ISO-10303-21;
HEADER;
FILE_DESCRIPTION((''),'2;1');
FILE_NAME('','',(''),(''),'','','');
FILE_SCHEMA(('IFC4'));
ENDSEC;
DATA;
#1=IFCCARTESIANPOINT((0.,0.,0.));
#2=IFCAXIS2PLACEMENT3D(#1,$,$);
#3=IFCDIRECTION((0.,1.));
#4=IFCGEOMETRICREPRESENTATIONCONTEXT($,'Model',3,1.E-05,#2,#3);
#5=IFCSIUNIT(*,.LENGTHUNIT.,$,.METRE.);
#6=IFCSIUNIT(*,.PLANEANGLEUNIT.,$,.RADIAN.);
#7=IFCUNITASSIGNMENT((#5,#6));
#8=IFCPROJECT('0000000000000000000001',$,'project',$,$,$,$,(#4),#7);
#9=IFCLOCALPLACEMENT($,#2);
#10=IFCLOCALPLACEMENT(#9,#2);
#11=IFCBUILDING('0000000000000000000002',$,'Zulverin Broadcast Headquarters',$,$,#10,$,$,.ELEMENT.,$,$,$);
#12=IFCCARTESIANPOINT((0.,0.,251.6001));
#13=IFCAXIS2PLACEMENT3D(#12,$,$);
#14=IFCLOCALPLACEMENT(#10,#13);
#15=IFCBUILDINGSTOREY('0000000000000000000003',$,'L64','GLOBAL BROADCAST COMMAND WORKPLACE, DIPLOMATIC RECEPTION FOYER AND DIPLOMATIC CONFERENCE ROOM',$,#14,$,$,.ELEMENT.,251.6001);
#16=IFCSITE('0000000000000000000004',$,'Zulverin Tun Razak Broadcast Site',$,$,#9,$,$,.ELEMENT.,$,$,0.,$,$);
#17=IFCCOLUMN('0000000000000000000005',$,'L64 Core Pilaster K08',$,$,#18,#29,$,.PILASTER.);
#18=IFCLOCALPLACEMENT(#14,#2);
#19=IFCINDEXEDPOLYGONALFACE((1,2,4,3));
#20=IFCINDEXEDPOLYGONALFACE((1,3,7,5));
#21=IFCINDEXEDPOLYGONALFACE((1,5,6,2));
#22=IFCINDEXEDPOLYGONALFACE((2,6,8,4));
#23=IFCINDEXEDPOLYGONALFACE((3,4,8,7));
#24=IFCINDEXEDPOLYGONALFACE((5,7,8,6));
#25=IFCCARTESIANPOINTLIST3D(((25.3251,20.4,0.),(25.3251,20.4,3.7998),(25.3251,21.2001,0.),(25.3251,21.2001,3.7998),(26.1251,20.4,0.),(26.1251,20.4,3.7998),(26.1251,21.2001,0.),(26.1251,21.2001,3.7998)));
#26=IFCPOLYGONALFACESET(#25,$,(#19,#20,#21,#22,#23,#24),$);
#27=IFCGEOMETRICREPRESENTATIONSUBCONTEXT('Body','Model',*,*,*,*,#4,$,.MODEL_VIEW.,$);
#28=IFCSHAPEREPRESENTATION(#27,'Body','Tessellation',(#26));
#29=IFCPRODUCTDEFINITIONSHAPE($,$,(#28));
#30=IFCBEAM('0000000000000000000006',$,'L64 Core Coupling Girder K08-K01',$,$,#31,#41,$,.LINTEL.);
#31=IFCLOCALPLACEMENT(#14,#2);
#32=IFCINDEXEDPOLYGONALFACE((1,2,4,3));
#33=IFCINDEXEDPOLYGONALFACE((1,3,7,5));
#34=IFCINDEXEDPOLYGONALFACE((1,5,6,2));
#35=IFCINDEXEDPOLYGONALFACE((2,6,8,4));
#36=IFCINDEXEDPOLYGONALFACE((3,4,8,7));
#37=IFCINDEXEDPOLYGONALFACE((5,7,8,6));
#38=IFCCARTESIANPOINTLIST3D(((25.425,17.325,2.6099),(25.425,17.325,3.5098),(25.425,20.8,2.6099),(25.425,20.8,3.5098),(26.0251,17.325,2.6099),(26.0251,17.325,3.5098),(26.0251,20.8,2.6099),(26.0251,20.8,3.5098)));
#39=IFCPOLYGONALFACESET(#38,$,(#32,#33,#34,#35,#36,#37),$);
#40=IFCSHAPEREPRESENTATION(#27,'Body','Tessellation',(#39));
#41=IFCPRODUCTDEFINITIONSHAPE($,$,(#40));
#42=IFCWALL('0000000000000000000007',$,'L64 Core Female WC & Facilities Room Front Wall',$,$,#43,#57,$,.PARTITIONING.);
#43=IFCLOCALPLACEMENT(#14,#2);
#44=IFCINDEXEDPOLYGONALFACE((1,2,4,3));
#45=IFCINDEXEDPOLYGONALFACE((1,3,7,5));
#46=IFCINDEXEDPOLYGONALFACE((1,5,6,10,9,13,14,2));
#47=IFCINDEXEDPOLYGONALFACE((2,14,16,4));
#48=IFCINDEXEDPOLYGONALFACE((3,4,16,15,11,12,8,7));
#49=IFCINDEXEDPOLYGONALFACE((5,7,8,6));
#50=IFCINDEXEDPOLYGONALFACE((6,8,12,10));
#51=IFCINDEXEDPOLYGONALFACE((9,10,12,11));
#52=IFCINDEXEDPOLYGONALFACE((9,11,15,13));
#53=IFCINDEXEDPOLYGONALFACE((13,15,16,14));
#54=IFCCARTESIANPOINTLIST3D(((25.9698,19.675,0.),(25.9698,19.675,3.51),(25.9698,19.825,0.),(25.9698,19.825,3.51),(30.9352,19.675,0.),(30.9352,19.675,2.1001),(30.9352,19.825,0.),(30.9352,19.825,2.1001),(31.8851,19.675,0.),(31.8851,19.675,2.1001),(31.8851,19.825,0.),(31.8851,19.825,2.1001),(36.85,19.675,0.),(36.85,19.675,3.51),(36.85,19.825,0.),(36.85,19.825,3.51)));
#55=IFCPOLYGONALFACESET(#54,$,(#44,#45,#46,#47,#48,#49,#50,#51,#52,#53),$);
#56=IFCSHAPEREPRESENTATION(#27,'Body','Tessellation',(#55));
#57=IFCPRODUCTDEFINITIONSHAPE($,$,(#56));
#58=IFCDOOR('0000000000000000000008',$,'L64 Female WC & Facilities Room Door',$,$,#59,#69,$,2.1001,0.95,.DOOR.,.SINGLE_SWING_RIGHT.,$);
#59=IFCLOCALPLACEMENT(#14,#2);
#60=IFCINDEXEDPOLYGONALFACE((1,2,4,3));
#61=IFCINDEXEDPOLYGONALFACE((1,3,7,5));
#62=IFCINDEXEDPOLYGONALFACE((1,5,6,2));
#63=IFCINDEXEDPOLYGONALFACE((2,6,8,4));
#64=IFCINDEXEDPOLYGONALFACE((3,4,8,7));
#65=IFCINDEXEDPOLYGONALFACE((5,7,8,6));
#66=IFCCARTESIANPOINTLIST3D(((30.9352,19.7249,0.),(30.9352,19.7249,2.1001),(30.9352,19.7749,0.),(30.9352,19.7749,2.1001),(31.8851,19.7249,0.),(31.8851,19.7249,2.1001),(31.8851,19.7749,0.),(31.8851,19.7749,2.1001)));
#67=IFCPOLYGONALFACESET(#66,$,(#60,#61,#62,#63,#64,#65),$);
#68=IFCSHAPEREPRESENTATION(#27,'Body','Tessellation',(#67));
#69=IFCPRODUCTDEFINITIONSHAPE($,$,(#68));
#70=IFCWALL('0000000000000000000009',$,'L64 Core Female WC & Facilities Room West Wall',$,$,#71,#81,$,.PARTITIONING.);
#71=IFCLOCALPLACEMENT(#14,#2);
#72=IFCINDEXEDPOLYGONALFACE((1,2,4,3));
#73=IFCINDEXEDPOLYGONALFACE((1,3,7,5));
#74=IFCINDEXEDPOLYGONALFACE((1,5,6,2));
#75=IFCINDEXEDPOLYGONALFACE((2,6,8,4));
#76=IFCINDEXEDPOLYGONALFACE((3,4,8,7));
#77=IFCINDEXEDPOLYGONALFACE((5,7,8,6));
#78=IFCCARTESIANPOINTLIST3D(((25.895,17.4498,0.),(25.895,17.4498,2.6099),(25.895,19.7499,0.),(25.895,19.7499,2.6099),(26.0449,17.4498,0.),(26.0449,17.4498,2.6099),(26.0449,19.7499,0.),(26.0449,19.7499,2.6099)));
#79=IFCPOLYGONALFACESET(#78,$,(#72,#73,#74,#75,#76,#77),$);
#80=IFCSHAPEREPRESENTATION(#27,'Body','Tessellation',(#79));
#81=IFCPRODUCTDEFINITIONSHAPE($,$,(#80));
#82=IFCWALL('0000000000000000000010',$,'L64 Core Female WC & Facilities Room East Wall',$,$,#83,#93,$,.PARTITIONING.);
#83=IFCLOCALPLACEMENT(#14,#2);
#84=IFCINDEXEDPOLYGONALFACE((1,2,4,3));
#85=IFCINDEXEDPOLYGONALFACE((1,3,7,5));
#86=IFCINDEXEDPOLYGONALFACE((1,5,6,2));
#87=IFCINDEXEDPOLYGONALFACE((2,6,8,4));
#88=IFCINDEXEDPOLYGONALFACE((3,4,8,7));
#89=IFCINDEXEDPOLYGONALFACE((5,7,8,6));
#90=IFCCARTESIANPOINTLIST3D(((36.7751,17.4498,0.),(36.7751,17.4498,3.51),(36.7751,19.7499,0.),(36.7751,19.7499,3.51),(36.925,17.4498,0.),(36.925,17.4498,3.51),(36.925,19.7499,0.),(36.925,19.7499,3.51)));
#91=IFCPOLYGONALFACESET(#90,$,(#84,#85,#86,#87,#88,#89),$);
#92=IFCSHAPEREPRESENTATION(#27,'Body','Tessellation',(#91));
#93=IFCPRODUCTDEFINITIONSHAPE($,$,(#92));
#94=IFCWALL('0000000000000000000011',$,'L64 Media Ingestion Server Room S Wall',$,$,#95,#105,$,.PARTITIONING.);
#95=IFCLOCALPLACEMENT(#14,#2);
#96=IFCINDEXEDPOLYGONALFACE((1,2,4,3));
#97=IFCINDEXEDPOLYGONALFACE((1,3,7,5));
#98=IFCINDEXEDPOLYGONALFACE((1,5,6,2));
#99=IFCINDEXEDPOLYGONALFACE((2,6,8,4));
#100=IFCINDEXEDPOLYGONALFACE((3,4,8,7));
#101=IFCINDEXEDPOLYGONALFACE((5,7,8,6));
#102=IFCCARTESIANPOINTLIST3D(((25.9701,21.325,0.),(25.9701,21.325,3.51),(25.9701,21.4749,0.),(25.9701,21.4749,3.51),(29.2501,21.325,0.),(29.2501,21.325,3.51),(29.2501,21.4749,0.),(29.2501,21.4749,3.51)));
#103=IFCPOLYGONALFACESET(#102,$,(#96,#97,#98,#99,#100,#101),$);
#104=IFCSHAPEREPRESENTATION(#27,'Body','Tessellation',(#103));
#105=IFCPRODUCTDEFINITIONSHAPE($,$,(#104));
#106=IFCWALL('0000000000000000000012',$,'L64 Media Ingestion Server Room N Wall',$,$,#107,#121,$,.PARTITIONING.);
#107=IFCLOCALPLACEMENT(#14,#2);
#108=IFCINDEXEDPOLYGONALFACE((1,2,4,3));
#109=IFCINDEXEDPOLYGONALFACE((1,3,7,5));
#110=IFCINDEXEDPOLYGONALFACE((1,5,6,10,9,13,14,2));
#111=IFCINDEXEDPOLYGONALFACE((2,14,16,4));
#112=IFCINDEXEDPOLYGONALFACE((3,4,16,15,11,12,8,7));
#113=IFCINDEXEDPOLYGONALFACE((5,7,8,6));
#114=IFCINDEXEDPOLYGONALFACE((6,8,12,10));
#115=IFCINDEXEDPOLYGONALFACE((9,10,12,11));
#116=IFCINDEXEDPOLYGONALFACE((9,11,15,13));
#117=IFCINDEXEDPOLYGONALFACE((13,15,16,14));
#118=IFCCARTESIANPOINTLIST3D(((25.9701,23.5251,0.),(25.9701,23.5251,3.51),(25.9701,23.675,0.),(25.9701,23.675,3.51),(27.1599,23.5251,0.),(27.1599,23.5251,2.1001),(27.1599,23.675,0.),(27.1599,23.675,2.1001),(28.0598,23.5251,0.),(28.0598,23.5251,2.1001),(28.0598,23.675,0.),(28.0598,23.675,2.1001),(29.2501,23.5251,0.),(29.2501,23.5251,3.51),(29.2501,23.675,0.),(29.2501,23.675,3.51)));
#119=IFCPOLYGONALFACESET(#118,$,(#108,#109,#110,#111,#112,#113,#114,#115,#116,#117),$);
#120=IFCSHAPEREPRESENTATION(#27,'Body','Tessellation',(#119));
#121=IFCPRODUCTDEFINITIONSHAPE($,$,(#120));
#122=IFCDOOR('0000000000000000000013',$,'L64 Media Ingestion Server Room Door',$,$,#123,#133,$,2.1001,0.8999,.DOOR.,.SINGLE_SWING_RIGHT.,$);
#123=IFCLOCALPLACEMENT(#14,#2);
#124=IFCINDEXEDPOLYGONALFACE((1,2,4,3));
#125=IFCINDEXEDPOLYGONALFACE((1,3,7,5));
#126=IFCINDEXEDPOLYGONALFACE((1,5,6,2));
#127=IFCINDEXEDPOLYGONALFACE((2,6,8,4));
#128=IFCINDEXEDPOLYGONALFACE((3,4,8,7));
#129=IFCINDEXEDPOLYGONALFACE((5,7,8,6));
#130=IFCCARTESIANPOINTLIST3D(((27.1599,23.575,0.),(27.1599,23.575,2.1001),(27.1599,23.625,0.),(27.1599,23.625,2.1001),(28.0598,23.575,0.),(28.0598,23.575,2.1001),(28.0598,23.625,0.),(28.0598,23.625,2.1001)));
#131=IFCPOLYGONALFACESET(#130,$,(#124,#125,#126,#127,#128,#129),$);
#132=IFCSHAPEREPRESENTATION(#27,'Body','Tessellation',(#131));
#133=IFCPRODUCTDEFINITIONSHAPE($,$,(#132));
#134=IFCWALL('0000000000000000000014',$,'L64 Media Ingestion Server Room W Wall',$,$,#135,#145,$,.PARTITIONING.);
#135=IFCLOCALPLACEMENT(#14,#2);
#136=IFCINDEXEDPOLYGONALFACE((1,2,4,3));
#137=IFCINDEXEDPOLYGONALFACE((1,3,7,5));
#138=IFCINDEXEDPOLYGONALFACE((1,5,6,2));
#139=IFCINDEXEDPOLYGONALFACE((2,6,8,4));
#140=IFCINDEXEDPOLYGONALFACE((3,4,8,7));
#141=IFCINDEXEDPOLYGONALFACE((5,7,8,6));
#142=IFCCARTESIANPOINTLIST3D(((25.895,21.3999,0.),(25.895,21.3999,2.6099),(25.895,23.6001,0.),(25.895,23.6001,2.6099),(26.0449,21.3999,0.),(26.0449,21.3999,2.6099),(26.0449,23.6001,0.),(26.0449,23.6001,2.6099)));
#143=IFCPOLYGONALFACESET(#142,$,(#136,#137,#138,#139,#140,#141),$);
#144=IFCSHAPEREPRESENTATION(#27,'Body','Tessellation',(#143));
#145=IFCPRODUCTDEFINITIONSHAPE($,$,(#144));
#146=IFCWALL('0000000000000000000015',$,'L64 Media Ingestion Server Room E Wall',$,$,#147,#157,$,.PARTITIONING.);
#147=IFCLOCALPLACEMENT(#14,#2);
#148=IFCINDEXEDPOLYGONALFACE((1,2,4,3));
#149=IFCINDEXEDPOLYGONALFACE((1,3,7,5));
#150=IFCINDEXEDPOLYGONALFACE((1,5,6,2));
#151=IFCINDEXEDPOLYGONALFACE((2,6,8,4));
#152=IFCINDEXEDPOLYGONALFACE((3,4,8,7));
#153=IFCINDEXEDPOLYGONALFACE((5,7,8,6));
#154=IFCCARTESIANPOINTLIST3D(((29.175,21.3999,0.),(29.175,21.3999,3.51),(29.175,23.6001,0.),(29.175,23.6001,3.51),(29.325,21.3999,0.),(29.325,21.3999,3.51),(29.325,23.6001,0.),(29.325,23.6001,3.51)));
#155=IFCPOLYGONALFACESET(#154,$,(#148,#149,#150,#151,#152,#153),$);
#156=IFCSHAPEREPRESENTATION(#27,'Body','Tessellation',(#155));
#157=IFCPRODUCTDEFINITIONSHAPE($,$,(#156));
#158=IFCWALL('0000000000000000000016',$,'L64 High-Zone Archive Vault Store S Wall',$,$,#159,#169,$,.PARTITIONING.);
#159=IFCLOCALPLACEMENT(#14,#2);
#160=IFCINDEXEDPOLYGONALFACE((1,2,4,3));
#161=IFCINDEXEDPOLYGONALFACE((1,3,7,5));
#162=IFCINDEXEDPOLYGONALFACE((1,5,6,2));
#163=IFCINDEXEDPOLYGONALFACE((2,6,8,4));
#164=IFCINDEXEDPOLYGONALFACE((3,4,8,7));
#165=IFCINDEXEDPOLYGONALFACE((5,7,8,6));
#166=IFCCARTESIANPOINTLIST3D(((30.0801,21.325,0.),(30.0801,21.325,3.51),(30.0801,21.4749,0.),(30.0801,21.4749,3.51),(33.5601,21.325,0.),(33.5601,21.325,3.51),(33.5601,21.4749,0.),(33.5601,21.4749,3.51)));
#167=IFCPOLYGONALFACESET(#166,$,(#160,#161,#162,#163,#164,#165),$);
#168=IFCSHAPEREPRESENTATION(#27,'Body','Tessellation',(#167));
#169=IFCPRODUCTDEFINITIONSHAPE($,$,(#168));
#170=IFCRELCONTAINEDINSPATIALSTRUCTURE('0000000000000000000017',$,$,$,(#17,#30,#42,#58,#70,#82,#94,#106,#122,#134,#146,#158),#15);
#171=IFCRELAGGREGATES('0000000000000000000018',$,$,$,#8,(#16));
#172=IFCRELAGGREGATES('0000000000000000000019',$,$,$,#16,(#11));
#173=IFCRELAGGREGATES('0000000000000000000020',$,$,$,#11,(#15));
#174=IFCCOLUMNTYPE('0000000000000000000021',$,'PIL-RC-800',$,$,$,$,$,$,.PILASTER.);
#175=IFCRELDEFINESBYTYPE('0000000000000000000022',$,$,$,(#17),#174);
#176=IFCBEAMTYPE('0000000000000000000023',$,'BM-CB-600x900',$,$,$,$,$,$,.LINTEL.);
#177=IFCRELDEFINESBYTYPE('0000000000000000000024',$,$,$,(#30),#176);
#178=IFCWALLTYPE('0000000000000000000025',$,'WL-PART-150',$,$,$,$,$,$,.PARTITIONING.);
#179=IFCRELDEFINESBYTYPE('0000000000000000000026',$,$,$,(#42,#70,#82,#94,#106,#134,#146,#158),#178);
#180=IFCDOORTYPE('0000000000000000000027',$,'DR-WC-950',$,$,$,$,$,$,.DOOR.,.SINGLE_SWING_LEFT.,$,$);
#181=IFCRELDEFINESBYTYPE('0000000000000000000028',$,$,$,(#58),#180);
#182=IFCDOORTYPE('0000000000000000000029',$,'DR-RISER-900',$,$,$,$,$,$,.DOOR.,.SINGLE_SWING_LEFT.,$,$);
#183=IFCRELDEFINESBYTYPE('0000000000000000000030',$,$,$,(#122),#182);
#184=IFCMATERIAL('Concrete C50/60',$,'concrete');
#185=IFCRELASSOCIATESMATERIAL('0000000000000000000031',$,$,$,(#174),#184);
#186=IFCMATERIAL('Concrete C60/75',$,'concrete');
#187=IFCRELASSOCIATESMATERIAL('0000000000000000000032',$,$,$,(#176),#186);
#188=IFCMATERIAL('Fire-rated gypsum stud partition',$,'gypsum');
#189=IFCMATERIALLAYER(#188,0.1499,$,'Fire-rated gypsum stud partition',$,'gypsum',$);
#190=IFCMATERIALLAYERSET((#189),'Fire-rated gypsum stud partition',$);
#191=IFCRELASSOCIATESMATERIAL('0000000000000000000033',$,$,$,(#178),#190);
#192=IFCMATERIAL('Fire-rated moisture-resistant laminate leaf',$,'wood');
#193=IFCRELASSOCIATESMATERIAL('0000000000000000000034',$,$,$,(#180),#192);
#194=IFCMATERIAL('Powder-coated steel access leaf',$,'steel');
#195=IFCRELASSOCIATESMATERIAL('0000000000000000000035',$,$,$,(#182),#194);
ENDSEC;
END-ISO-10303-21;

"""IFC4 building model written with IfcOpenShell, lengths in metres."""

from ifc_helpers import new_model, si_unit, direction, frame, frame_2d, origin, origin_2d, place, context, subcontext, project, spatial, rectangle, extrude, material, layer, layer_set, material_profile, profile_set, type_object, element, fill, save


model = new_model("IFC4")

# Units and contexts
model_context = context("Model", 3, precision=1e-05, world=origin(), true_north=direction((0.0, 1.0)))
body_context = subcontext(model_context, "Body", "Model", "MODEL_VIEW")
ifc_project = project(units=[si_unit("LENGTHUNIT", "METRE"), si_unit("PLANEANGLEUNIT", "RADIAN")], contexts=[model_context])

# Site, building, storey
site_placement = place(None, origin())
site = spatial("IfcSite", under=ifc_project, at=site_placement, Name="Zulverin Tun Razak Broadcast Site", CompositionType="ELEMENT", RefElevation=0.0)
building_placement = place(site_placement, origin())
building = spatial("IfcBuilding", under=site, at=building_placement, Name="Zulverin Broadcast Headquarters", CompositionType="ELEMENT")
storey_placement = place(building_placement, frame((0.0, 0.0, 251.6001)))
storey = spatial("IfcBuildingStorey", under=building, at=storey_placement, Name="L64", Description="GLOBAL BROADCAST COMMAND WORKPLACE, DIPLOMATIC RECEPTION FOYER AND DIPLOMATIC CONFERENCE ROOM", CompositionType="ELEMENT", Elevation=251.6001)

# Column
ifc_material_1 = material(Name="Concrete C50/60", Category="concrete")
ifc_material_profile_1 = material_profile(ifc_material_1, rectangle(XDim=0.8, YDim=0.8, at=origin_2d()), Name="Concrete C50/60", Category="concrete")
ifc_profile_set_1 = profile_set([ifc_material_profile_1], Name="Concrete C50/60")
column_type = type_object("IfcColumnType", Name="PIL-RC-800", PredefinedType="PILASTER", material=ifc_profile_set_1)
column_placement = place(storey_placement, frame((25.7251, 20.8, 0.0), z_axis=(0.0, 0.0, 1.0), x_axis=(1.0, 0.0, 0.0)))
element("IfcColumn", 1, at=column_placement, inside=storey, type_object=column_type, Name="L64 Core Pilaster K08", PredefinedType="PILASTER", context=body_context, shape_type="SweptSolid", body=[
    extrude(rectangle(XDim=0.8, YDim=0.8, at=origin_2d()), origin(), (0.0, 0.0, 1.0), 3.7998),
])

# Beam
ifc_material_2 = material(Name="Concrete C60/75", Category="concrete")
ifc_material_profile_2 = material_profile(ifc_material_2, rectangle(XDim=0.6001, YDim=0.8999, at=origin_2d()), Name="Concrete C60/75", Category="concrete")
ifc_profile_set_2 = profile_set([ifc_material_profile_2], Name="Concrete C60/75")
beam_type = type_object("IfcBeamType", Name="BM-CB-600x900", PredefinedType="LINTEL", material=ifc_profile_set_2)
beam_placement = place(storey_placement, frame((25.7251, 20.8, 3.0598), z_axis=(0.0, -1.0, 0.0), x_axis=(1.0, 0.0, 0.0)))
element("IfcBeam", 2, at=beam_placement, inside=storey, type_object=beam_type, Name="L64 Core Coupling Girder K08-K01", PredefinedType="LINTEL", context=body_context, shape_type="SweptSolid", body=[
    extrude(rectangle(XDim=0.6001, YDim=0.8999, at=origin_2d()), origin(), (0.0, 0.0, 1.0), 3.4751),
])

# Wall, opening, door
ifc_material_3 = material(Name="Fire-rated gypsum stud partition", Category="gypsum")
ifc_layer = layer(ifc_material_3, 0.1499, Name="Fire-rated gypsum stud partition", Category="gypsum")
ifc_layer_set = layer_set([ifc_layer], Name="Fire-rated gypsum stud partition")
wall_type = type_object("IfcWallType", Name="WL-PART-150", PredefinedType="PARTITIONING", material=ifc_layer_set)
wall_1_placement = place(storey_placement, frame((25.97, 19.75, 0.0), z_axis=(0.0, 0.0, 1.0), x_axis=(1.0, 0.0, 0.0)))
wall_1 = element("IfcWall", 3, at=wall_1_placement, inside=storey, type_object=wall_type, Name="L64 Core Female WC & Facilities Room Front Wall", PredefinedType="PARTITIONING", context=body_context, shape_type="SweptSolid", body=[
    extrude(rectangle(XDim=10.8801, YDim=0.1499, at=frame_2d((5.4399, 0.0))), origin(), (0.0, 0.0, 1.0), 3.51),
])
opening_1_placement = place(wall_1_placement, frame((4.9651, 0.0, 0.0)))
opening_1 = element("IfcOpeningElement", 4, at=opening_1_placement, cuts=wall_1, PredefinedType="OPENING", context=body_context, shape_type="SweptSolid", body=[
    extrude(rectangle(XDim=0.95, YDim=2.1001, at=frame_2d((0.4751, 1.05))), frame((0.0, 0.085, 0.0), z_axis=(0.0, -1.0, 0.0), x_axis=(1.0, 0.0, 0.0)), (0.0, 0.0, 1.0), 0.1699),
])
ifc_material_4 = material(Name="Fire-rated moisture-resistant laminate leaf", Category="wood")
door_type_1 = type_object("IfcDoorType", Name="DR-WC-950", OperationType="SINGLE_SWING_LEFT", PredefinedType="DOOR", material=ifc_material_4)
door_1_placement = place(opening_1_placement, origin())
door_1 = element("IfcDoor", 5, at=door_1_placement, inside=storey, type_object=door_type_1, Name="L64 Female WC & Facilities Room Door", OperationType="SINGLE_SWING_RIGHT", OverallHeight=2.1001, OverallWidth=0.95, PredefinedType="DOOR", context=body_context, shape_type="SweptSolid", body=[
    extrude(rectangle(XDim=0.95, YDim=2.1001, at=frame_2d((0.4751, 1.05))), frame((0.0, 0.0249, 0.0), z_axis=(0.0, -1.0, 0.0), x_axis=(1.0, 0.0, 0.0)), (0.0, 0.0, 1.0), 0.05),
])
fill(opening_1, door_1)

# Walls
wall_2_placement = place(storey_placement, frame((25.97, 17.45, 0.0), z_axis=(0.0, 0.0, 1.0), x_axis=(0.0, 1.0, 0.0)))
element("IfcWall", 6, at=wall_2_placement, inside=storey, type_object=wall_type, Name="L64 Core Female WC & Facilities Room West Wall", PredefinedType="PARTITIONING", context=body_context, shape_type="SweptSolid", body=[
    extrude(rectangle(XDim=2.3, YDim=0.1499, at=frame_2d((1.1499, 0.0))), origin(), (0.0, 0.0, 1.0), 2.6099),
])
wall_3_placement = place(storey_placement, frame((36.8501, 17.45, 0.0), z_axis=(0.0, 0.0, 1.0), x_axis=(0.0, 1.0, 0.0)))
element("IfcWall", 7, at=wall_3_placement, inside=storey, type_object=wall_type, Name="L64 Core Female WC & Facilities Room East Wall", PredefinedType="PARTITIONING", context=body_context, shape_type="SweptSolid", body=[
    extrude(rectangle(XDim=2.3, YDim=0.1499, at=frame_2d((1.1499, 0.0))), origin(), (0.0, 0.0, 1.0), 3.51),
])
wall_4_placement = place(storey_placement, frame((25.97, 21.3999, 0.0), z_axis=(0.0, 0.0, 1.0), x_axis=(1.0, 0.0, 0.0)))
element("IfcWall", 8, at=wall_4_placement, inside=storey, type_object=wall_type, Name="L64 Media Ingestion Server Room S Wall", PredefinedType="PARTITIONING", context=body_context, shape_type="SweptSolid", body=[
    extrude(rectangle(XDim=3.28, YDim=0.1499, at=frame_2d((1.6401, 0.0))), origin(), (0.0, 0.0, 1.0), 3.51),
])

# Wall, opening, door
wall_5_placement = place(storey_placement, frame((25.97, 23.6001, 0.0), z_axis=(0.0, 0.0, 1.0), x_axis=(1.0, 0.0, 0.0)))
wall_5 = element("IfcWall", 9, at=wall_5_placement, inside=storey, type_object=wall_type, Name="L64 Media Ingestion Server Room N Wall", PredefinedType="PARTITIONING", context=body_context, shape_type="SweptSolid", body=[
    extrude(rectangle(XDim=3.28, YDim=0.1499, at=frame_2d((1.6401, 0.0))), origin(), (0.0, 0.0, 1.0), 3.51),
])
opening_2_placement = place(wall_5_placement, frame((1.1899, 0.0, 0.0)))
opening_2 = element("IfcOpeningElement", 10, at=opening_2_placement, cuts=wall_5, PredefinedType="OPENING", context=body_context, shape_type="SweptSolid", body=[
    extrude(rectangle(XDim=0.8999, YDim=2.1001, at=frame_2d((0.45, 1.05))), frame((0.0, 0.085, 0.0), z_axis=(0.0, -1.0, 0.0), x_axis=(1.0, 0.0, 0.0)), (0.0, 0.0, 1.0), 0.1699),
])
ifc_material_5 = material(Name="Powder-coated steel access leaf", Category="steel")
door_type_2 = type_object("IfcDoorType", Name="DR-RISER-900", OperationType="SINGLE_SWING_LEFT", PredefinedType="DOOR", material=ifc_material_5)
door_2_placement = place(opening_2_placement, origin())
door_2 = element("IfcDoor", 11, at=door_2_placement, inside=storey, type_object=door_type_2, Name="L64 Media Ingestion Server Room Door", OperationType="SINGLE_SWING_RIGHT", OverallHeight=2.1001, OverallWidth=0.8999, PredefinedType="DOOR", context=body_context, shape_type="SweptSolid", body=[
    extrude(rectangle(XDim=0.8999, YDim=2.1001, at=frame_2d((0.45, 1.05))), frame((0.0, 0.0249, 0.0), z_axis=(0.0, -1.0, 0.0), x_axis=(1.0, 0.0, 0.0)), (0.0, 0.0, 1.0), 0.05),
])
fill(opening_2, door_2)

# Walls
wall_6_placement = place(storey_placement, frame((25.97, 21.3999, 0.0), z_axis=(0.0, 0.0, 1.0), x_axis=(0.0, 1.0, 0.0)))
element("IfcWall", 12, at=wall_6_placement, inside=storey, type_object=wall_type, Name="L64 Media Ingestion Server Room W Wall", PredefinedType="PARTITIONING", context=body_context, shape_type="SweptSolid", body=[
    extrude(rectangle(XDim=2.2002, YDim=0.1499, at=frame_2d((1.1001, 0.0))), origin(), (0.0, 0.0, 1.0), 2.6099),
])
wall_7_placement = place(storey_placement, frame((29.25, 21.3999, 0.0), z_axis=(0.0, 0.0, 1.0), x_axis=(0.0, 1.0, 0.0)))
element("IfcWall", 13, at=wall_7_placement, inside=storey, type_object=wall_type, Name="L64 Media Ingestion Server Room E Wall", PredefinedType="PARTITIONING", context=body_context, shape_type="SweptSolid", body=[
    extrude(rectangle(XDim=2.2002, YDim=0.1499, at=frame_2d((1.1001, 0.0))), origin(), (0.0, 0.0, 1.0), 3.51),
])
wall_8_placement = place(storey_placement, frame((30.0801, 21.3999, 0.0), z_axis=(0.0, 0.0, 1.0), x_axis=(1.0, 0.0, 0.0)))
element("IfcWall", 14, at=wall_8_placement, inside=storey, type_object=wall_type, Name="L64 High-Zone Archive Vault Store S Wall", PredefinedType="PARTITIONING", context=body_context, shape_type="SweptSolid", body=[
    extrude(rectangle(XDim=3.48, YDim=0.1499, at=frame_2d((1.74, 0.0))), origin(), (0.0, 0.0, 1.0), 3.51),
])

save(model, "model.ifc")
